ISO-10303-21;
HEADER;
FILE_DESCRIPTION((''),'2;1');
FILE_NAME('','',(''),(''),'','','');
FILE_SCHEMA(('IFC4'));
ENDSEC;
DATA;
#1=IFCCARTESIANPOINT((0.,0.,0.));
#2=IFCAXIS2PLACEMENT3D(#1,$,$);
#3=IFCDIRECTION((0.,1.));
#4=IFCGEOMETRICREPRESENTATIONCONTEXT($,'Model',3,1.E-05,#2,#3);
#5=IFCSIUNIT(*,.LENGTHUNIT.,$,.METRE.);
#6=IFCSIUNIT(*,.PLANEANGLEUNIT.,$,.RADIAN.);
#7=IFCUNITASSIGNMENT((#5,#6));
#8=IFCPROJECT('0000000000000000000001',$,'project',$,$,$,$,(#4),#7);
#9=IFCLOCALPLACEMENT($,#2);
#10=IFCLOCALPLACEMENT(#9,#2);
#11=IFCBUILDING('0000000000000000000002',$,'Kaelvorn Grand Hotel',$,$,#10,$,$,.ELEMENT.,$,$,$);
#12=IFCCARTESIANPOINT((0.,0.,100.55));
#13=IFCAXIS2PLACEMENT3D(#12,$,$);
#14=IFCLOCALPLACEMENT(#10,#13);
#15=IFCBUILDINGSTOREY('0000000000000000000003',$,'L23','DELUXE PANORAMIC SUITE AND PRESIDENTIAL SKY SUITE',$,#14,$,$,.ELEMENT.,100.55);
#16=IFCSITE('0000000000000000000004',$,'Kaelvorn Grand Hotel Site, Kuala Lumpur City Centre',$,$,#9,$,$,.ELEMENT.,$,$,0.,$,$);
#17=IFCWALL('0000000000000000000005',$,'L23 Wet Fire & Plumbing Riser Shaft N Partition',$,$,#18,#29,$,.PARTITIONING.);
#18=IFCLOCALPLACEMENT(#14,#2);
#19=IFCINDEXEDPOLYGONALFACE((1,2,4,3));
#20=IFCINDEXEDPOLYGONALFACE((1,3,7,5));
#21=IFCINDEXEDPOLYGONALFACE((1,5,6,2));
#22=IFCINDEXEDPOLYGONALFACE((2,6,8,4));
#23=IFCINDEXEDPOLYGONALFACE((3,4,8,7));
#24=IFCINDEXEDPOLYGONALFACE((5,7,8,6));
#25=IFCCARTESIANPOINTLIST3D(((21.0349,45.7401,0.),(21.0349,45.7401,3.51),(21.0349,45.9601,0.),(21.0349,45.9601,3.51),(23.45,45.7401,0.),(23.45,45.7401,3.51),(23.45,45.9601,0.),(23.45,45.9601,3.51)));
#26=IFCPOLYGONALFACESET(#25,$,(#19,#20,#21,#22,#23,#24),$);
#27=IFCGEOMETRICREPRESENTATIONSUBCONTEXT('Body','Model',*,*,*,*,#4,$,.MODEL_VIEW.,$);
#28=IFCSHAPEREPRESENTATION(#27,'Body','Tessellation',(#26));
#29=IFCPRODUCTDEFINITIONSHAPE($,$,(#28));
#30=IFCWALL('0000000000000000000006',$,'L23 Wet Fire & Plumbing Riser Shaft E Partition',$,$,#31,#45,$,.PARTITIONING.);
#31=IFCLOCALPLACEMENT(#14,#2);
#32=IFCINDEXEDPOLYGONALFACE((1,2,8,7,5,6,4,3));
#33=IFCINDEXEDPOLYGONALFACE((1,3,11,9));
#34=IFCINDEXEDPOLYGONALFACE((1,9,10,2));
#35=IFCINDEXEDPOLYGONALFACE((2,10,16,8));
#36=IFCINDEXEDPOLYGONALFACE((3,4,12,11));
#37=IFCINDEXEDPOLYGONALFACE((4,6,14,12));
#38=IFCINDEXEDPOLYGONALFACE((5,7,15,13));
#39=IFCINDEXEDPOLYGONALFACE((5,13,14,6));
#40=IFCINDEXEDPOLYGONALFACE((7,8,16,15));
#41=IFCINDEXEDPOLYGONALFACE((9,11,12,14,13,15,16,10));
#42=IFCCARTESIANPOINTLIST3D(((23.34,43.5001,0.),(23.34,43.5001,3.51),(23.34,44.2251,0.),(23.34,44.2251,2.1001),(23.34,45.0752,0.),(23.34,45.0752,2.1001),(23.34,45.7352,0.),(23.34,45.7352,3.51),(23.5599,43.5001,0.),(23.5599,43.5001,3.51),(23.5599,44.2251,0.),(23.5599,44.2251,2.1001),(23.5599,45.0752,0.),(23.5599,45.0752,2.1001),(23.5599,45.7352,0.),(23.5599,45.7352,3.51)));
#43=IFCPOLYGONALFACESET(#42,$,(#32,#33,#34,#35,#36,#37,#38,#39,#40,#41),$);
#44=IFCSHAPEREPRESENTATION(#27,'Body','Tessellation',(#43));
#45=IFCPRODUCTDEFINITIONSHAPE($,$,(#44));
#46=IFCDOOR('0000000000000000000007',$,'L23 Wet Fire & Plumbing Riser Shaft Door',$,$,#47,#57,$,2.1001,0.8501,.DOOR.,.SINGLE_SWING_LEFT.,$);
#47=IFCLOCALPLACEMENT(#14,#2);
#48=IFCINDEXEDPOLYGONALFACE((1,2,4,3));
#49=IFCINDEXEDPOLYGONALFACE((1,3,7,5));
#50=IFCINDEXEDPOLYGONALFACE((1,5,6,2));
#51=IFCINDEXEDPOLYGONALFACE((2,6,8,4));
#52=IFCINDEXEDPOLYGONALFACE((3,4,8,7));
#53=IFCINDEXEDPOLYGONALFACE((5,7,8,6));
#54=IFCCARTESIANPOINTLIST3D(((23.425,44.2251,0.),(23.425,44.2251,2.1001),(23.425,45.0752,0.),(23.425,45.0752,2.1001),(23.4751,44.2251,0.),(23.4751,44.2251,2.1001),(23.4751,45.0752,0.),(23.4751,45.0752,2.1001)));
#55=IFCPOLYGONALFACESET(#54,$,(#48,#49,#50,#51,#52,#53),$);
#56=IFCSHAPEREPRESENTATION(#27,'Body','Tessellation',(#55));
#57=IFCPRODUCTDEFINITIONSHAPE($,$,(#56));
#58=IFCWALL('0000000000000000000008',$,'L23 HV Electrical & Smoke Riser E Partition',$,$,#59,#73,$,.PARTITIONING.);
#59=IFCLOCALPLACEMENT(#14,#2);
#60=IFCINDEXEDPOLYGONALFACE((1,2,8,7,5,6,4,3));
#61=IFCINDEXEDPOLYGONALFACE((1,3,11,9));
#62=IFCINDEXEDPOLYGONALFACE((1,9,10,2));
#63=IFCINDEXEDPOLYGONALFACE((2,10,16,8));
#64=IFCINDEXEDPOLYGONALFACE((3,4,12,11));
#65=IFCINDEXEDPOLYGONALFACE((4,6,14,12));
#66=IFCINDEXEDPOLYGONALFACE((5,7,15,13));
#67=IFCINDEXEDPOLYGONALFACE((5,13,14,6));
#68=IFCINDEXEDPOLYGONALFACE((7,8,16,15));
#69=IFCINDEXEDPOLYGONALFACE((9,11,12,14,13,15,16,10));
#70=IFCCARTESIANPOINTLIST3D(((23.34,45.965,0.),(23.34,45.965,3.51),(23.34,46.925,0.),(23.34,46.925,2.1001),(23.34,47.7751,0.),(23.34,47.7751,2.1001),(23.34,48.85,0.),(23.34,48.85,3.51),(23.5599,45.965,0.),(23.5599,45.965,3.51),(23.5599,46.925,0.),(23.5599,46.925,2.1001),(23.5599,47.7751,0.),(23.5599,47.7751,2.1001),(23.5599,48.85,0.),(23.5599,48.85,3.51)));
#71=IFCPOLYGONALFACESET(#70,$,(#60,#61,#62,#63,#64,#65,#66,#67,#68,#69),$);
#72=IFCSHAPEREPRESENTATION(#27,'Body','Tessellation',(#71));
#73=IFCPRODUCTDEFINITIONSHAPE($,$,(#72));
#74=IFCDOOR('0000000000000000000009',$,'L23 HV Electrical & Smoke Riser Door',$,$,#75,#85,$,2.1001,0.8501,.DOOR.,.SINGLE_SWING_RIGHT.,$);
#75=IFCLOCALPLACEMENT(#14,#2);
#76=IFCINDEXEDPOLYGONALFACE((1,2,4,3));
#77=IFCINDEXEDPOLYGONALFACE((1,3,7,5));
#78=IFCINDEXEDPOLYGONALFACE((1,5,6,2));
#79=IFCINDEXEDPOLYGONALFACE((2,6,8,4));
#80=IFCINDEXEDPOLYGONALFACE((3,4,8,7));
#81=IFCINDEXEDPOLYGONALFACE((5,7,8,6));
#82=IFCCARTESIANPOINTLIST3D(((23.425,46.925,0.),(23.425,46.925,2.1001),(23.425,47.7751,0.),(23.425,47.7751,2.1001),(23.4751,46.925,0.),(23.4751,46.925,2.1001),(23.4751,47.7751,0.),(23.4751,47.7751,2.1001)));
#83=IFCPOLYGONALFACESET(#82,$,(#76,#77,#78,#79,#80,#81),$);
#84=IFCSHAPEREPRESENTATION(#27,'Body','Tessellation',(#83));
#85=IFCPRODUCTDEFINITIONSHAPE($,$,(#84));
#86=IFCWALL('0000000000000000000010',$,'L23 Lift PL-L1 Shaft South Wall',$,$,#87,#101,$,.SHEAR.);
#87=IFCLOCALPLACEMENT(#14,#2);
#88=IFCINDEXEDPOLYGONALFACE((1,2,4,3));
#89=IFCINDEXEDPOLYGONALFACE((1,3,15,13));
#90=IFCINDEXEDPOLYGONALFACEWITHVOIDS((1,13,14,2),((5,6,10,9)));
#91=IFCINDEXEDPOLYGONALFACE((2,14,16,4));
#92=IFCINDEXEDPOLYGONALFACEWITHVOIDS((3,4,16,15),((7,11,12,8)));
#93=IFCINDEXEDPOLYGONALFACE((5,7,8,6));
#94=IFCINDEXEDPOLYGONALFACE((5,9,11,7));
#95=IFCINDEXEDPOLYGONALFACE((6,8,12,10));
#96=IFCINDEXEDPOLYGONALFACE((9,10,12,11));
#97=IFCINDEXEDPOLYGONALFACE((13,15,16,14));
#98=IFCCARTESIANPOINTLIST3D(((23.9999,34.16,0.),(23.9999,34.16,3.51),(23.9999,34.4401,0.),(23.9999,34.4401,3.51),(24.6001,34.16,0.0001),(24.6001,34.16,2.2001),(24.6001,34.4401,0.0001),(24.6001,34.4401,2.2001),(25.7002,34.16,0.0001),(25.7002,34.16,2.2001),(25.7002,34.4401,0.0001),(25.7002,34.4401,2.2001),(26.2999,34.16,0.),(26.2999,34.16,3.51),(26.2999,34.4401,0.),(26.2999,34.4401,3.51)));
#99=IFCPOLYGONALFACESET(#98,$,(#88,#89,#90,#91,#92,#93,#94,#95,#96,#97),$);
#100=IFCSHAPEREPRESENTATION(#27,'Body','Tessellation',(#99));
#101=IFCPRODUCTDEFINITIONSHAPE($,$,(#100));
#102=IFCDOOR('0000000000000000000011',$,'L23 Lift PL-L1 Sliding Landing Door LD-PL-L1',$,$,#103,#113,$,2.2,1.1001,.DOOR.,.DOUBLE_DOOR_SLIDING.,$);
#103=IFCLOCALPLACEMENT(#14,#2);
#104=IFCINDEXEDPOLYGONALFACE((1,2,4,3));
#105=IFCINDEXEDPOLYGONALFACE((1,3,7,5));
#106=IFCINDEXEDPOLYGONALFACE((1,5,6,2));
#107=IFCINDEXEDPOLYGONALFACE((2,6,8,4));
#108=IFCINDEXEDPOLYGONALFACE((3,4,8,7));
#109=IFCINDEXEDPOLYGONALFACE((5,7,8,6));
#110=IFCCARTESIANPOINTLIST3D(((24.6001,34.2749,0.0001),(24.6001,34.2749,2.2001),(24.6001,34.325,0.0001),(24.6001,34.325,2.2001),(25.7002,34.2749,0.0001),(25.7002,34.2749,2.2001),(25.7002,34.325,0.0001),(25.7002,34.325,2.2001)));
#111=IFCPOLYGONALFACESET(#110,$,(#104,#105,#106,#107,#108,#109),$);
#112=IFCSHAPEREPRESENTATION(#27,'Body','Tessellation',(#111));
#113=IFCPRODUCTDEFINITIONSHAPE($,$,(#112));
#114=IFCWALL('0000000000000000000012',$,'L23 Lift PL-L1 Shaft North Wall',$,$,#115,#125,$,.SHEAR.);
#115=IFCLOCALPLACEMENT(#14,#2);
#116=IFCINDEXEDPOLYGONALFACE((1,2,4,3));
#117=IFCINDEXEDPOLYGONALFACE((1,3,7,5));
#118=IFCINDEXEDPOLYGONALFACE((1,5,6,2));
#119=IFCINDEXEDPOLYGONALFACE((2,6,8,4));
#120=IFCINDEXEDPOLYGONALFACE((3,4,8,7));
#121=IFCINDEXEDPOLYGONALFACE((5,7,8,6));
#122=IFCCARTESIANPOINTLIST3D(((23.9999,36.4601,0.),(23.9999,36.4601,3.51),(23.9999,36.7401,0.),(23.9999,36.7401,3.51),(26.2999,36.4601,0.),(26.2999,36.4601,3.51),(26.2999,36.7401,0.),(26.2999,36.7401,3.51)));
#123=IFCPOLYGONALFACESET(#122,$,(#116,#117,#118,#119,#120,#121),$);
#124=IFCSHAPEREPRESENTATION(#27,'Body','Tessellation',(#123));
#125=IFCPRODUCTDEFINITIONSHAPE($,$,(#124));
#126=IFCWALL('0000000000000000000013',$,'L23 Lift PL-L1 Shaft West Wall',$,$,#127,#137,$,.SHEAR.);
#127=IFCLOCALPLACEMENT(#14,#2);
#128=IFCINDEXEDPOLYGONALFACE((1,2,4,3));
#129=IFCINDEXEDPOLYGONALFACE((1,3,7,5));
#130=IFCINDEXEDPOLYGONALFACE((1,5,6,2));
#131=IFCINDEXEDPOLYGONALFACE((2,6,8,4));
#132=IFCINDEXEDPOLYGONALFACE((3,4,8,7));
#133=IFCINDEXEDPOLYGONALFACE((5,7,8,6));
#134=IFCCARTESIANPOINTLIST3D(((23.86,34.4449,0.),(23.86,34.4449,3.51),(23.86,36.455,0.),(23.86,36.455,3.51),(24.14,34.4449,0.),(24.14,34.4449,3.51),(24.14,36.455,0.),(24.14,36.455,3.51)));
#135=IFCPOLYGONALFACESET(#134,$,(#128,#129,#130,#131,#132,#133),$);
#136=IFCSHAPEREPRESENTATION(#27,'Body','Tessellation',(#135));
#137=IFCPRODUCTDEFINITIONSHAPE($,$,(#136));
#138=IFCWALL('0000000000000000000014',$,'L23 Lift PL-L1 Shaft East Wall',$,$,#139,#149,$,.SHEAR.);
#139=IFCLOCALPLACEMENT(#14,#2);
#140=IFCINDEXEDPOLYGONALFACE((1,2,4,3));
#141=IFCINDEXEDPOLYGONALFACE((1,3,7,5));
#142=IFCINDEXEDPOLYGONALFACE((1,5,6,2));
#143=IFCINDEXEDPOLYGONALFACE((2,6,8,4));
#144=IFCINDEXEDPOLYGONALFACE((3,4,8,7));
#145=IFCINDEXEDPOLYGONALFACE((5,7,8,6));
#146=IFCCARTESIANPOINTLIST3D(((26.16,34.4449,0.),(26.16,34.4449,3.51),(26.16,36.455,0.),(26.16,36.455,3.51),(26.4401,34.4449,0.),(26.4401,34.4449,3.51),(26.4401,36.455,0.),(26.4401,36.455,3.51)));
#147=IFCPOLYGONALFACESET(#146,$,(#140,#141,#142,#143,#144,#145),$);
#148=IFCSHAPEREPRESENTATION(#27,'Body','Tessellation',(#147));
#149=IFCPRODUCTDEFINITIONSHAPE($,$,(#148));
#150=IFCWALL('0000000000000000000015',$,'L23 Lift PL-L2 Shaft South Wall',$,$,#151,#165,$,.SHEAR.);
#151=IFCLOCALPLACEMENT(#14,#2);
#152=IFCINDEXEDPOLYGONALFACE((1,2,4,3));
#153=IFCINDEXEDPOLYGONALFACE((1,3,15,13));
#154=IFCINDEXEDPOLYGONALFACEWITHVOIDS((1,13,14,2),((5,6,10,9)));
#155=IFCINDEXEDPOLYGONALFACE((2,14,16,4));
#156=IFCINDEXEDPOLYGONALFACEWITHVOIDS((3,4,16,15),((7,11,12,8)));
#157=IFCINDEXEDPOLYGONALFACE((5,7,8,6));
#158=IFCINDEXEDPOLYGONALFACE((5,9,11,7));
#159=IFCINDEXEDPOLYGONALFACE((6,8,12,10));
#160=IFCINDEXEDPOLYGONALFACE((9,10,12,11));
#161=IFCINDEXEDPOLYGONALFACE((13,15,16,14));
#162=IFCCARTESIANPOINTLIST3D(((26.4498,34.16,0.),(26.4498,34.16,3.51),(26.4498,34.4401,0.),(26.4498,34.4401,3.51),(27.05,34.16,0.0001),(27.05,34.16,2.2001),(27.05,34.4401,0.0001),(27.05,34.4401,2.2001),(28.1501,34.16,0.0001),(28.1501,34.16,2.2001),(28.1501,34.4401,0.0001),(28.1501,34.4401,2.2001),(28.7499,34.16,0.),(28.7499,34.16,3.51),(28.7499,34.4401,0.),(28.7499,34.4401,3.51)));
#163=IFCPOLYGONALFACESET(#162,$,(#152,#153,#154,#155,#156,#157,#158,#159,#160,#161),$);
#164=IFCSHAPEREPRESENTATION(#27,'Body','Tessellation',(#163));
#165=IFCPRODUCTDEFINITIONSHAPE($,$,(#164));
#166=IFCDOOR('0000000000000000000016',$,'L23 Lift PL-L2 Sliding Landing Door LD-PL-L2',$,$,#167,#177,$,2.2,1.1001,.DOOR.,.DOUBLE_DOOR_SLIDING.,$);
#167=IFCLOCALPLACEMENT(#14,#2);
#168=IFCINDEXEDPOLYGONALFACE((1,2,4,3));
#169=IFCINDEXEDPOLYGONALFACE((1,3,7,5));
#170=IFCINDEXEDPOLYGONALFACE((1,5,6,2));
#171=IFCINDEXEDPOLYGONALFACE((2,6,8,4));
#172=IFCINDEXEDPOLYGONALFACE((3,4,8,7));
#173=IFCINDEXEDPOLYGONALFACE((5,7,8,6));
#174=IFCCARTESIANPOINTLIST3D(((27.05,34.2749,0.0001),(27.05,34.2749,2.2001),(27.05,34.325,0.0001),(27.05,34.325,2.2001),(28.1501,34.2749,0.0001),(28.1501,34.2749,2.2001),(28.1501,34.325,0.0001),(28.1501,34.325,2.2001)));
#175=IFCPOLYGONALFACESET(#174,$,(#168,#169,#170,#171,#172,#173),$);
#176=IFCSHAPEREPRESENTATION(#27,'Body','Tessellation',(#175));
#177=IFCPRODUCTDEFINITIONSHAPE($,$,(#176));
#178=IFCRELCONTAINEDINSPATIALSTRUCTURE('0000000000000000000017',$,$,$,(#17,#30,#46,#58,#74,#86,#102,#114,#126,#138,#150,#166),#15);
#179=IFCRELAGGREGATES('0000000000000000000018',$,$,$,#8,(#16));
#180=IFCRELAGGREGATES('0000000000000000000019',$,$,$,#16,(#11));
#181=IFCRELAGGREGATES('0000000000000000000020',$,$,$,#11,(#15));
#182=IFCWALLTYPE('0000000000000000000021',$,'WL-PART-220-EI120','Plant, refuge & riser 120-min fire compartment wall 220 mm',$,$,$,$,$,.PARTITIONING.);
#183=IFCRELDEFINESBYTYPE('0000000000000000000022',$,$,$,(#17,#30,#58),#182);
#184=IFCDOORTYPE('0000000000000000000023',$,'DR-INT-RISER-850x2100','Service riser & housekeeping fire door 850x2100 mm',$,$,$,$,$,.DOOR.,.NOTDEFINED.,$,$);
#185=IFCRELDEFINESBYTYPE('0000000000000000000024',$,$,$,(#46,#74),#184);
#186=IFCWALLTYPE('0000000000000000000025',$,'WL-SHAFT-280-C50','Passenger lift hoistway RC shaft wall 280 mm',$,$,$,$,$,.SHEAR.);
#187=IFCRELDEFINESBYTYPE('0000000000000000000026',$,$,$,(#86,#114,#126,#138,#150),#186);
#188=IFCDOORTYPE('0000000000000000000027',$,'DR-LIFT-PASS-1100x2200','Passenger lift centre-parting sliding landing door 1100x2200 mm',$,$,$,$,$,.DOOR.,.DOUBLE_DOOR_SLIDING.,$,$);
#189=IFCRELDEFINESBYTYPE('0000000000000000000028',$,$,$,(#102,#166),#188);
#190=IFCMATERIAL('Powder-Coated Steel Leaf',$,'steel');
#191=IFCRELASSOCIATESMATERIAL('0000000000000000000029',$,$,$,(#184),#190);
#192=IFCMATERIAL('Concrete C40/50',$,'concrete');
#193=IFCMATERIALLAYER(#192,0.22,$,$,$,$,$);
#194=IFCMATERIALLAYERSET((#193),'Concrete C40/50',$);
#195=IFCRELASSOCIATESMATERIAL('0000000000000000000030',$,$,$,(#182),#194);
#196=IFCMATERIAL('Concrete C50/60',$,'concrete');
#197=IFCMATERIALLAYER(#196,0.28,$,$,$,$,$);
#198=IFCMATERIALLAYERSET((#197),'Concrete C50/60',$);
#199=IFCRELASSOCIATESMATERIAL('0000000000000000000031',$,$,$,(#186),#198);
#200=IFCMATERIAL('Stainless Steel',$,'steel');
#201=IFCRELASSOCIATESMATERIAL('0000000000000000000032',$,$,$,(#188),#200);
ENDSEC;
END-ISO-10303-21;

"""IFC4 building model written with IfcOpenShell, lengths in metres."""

from ifc_helpers import new_model, si_unit, direction, frame, frame_2d, origin, place, context, subcontext, project, spatial, rectangle, extrude, material, layer, layer_set, type_object, element, fill, save


model = new_model("IFC4")

# Units and contexts
model_context = context("Model", 3, precision=1e-05, world=origin(), true_north=direction((0.0, 1.0)))
body_context = subcontext(model_context, "Body", "Model", "MODEL_VIEW")
ifc_project = project(units=[si_unit("LENGTHUNIT", "METRE"), si_unit("PLANEANGLEUNIT", "RADIAN")], contexts=[model_context])

# Site, building, storey
site_placement = place(None, origin())
site = spatial("IfcSite", under=ifc_project, at=site_placement, Name="Kaelvorn Grand Hotel Site, Kuala Lumpur City Centre", CompositionType="ELEMENT", RefElevation=0.0)
building_placement = place(site_placement, origin())
building = spatial("IfcBuilding", under=site, at=building_placement, Name="Kaelvorn Grand Hotel", CompositionType="ELEMENT")
storey_placement = place(building_placement, frame((0.0, 0.0, 100.55)))
storey = spatial("IfcBuildingStorey", under=building, at=storey_placement, Name="L23", Description="DELUXE PANORAMIC SUITE AND PRESIDENTIAL SKY SUITE", CompositionType="ELEMENT", Elevation=100.55)

# Shared definitions
ifc_material_1 = material(Name="Powder-Coated Steel Leaf", Category="steel")
door_type_1 = type_object("IfcDoorType", Name="DR-INT-RISER-850x2100", Description="Service riser & housekeeping fire door 850x2100 mm", OperationType="NOTDEFINED", PredefinedType="DOOR", material=ifc_material_1)

# Wall
ifc_material_2 = material(Name="Concrete C40/50", Category="concrete")
ifc_layer_1 = layer(ifc_material_2, 0.22)
ifc_layer_set_1 = layer_set([ifc_layer_1], Name="Concrete C40/50")
wall_type_1 = type_object("IfcWallType", Name="WL-PART-220-EI120", Description="Plant, refuge & riser 120-min fire compartment wall 220 mm", PredefinedType="PARTITIONING", material=ifc_layer_set_1)
wall_1_placement = place(storey_placement, frame((21.0349, 45.8501, 0.0), z_axis=(0.0, 0.0, 1.0), x_axis=(1.0, 0.0, 0.0)))
element("IfcWall", 1, at=wall_1_placement, inside=storey, type_object=wall_type_1, Name="L23 Wet Fire & Plumbing Riser Shaft N Partition", PredefinedType="PARTITIONING", context=body_context, shape_type="SweptSolid", body=[
    extrude(rectangle(XDim=2.415, YDim=0.22, at=frame_2d((1.2075, 0.0))), origin(), (0.0, 0.0, 1.0), 3.51),
])

# Walls, openings, doors
wall_2_placement = place(storey_placement, frame((23.45, 43.5, 0.0), z_axis=(0.0, 0.0, 1.0), x_axis=(0.0, 1.0, 0.0)))
wall_2 = element("IfcWall", 2, at=wall_2_placement, inside=storey, type_object=wall_type_1, Name="L23 Wet Fire & Plumbing Riser Shaft E Partition", PredefinedType="PARTITIONING", context=body_context, shape_type="SweptSolid", body=[
    extrude(rectangle(XDim=2.2351, YDim=0.22, at=frame_2d((1.1177, 0.0))), origin(), (0.0, 0.0, 1.0), 3.51),
])
opening_1_placement = place(wall_2_placement, frame((0.7251, 0.0, 0.0)))
opening_1 = element("IfcOpeningElement", 3, at=opening_1_placement, cuts=wall_2, PredefinedType="OPENING", context=body_context, shape_type="SweptSolid", body=[
    extrude(rectangle(XDim=0.8501, YDim=2.1001, at=frame_2d((0.425, 1.05))), frame((0.0, 0.1201, 0.0), z_axis=(0.0, -1.0, 0.0), x_axis=(1.0, 0.0, 0.0)), (0.0, 0.0, 1.0), 0.24),
])
door_1_placement = place(opening_1_placement, origin())
door_1 = element("IfcDoor", 4, at=door_1_placement, inside=storey, type_object=door_type_1, Name="L23 Wet Fire & Plumbing Riser Shaft Door", OperationType="SINGLE_SWING_LEFT", OverallHeight=2.1001, OverallWidth=0.8501, PredefinedType="DOOR", context=body_context, shape_type="SweptSolid", body=[
    extrude(rectangle(XDim=0.8501, YDim=2.1001, at=frame_2d((0.425, 1.05))), frame((0.0, 0.0249, 0.0), z_axis=(0.0, -1.0, 0.0), x_axis=(1.0, 0.0, 0.0)), (0.0, 0.0, 1.0), 0.05),
])
fill(opening_1, door_1)
wall_3_placement = place(storey_placement, frame((23.45, 45.9651, 0.0), z_axis=(0.0, 0.0, 1.0), x_axis=(0.0, 1.0, 0.0)))
wall_3 = element("IfcWall", 5, at=wall_3_placement, inside=storey, type_object=wall_type_1, Name="L23 HV Electrical & Smoke Riser E Partition", PredefinedType="PARTITIONING", context=body_context, shape_type="SweptSolid", body=[
    extrude(rectangle(XDim=2.885, YDim=0.22, at=frame_2d((1.4424, 0.0))), origin(), (0.0, 0.0, 1.0), 3.51),
])
opening_2_placement = place(wall_3_placement, frame((0.96, 0.0, 0.0)))
opening_2 = element("IfcOpeningElement", 6, at=opening_2_placement, cuts=wall_3, PredefinedType="OPENING", context=body_context, shape_type="SweptSolid", body=[
    extrude(rectangle(XDim=0.8501, YDim=2.1001, at=frame_2d((0.425, 1.05))), frame((0.0, 0.1201, 0.0), z_axis=(0.0, -1.0, 0.0), x_axis=(1.0, 0.0, 0.0)), (0.0, 0.0, 1.0), 0.24),
])
door_2_placement = place(opening_2_placement, origin())
door_2 = element("IfcDoor", 7, at=door_2_placement, inside=storey, type_object=door_type_1, Name="L23 HV Electrical & Smoke Riser Door", OperationType="SINGLE_SWING_RIGHT", OverallHeight=2.1001, OverallWidth=0.8501, PredefinedType="DOOR", context=body_context, shape_type="SweptSolid", body=[
    extrude(rectangle(XDim=0.8501, YDim=2.1001, at=frame_2d((0.425, 1.05))), frame((0.0, 0.0249, 0.0), z_axis=(0.0, -1.0, 0.0), x_axis=(1.0, 0.0, 0.0)), (0.0, 0.0, 1.0), 0.05),
])
fill(opening_2, door_2)
ifc_material_3 = material(Name="Concrete C50/60", Category="concrete")
ifc_layer_2 = layer(ifc_material_3, 0.28)
ifc_layer_set_2 = layer_set([ifc_layer_2], Name="Concrete C50/60")
wall_type_2 = type_object("IfcWallType", Name="WL-SHAFT-280-C50", Description="Passenger lift hoistway RC shaft wall 280 mm", PredefinedType="SHEAR", material=ifc_layer_set_2)
wall_4_placement = place(storey_placement, frame((24.0, 34.3, 0.0), z_axis=(0.0, 0.0, 1.0), x_axis=(1.0, 0.0, 0.0)))
wall_4 = element("IfcWall", 8, at=wall_4_placement, inside=storey, type_object=wall_type_2, Name="L23 Lift PL-L1 Shaft South Wall", PredefinedType="SHEAR", context=body_context, shape_type="SweptSolid", body=[
    extrude(rectangle(XDim=2.3, YDim=0.28, at=frame_2d((1.1499, 0.0))), origin(), (0.0, 0.0, 1.0), 3.51),
])
opening_3_placement = place(wall_4_placement, frame((0.6001, 0.0, 0.0)))
opening_3 = element("IfcOpeningElement", 9, at=opening_3_placement, cuts=wall_4, PredefinedType="OPENING", context=body_context, shape_type="SweptSolid", body=[
    extrude(rectangle(XDim=1.1001, YDim=2.2, at=frame_2d((0.55, 1.1001))), frame((0.0, 0.1499, 0.0), z_axis=(0.0, -1.0, 0.0), x_axis=(1.0, 0.0, 0.0)), (0.0, 0.0, 1.0), 0.3),
])
ifc_material_4 = material(Name="Stainless Steel", Category="steel")
door_type_2 = type_object("IfcDoorType", Name="DR-LIFT-PASS-1100x2200", Description="Passenger lift centre-parting sliding landing door 1100x2200 mm", OperationType="DOUBLE_DOOR_SLIDING", PredefinedType="DOOR", material=ifc_material_4)
door_3_placement = place(opening_3_placement, origin())
door_3 = element("IfcDoor", 10, at=door_3_placement, inside=storey, type_object=door_type_2, Name="L23 Lift PL-L1 Sliding Landing Door LD-PL-L1", OperationType="DOUBLE_DOOR_SLIDING", OverallHeight=2.2, OverallWidth=1.1001, PredefinedType="DOOR", context=body_context, shape_type="SweptSolid", body=[
    extrude(rectangle(XDim=1.1001, YDim=2.2, at=frame_2d((0.55, 1.1001))), frame((0.0, 0.0249, 0.0), z_axis=(0.0, -1.0, 0.0), x_axis=(1.0, 0.0, 0.0)), (0.0, 0.0, 1.0), 0.05),
])
fill(opening_3, door_3)

# Walls
wall_5_placement = place(storey_placement, frame((24.0, 36.6001, 0.0), z_axis=(0.0, 0.0, 1.0), x_axis=(1.0, 0.0, 0.0)))
element("IfcWall", 11, at=wall_5_placement, inside=storey, type_object=wall_type_2, Name="L23 Lift PL-L1 Shaft North Wall", PredefinedType="SHEAR", context=body_context, shape_type="SweptSolid", body=[
    extrude(rectangle(XDim=2.3, YDim=0.28, at=frame_2d((1.1499, 0.0))), origin(), (0.0, 0.0, 1.0), 3.51),
])
for number, where, z_axis, x_axis, name in (
    (12, (24.0, 34.4451, 0.0), (0.0, 0.0, 1.0), (0.0, 1.0, 0.0), "L23 Lift PL-L1 Shaft West Wall"),
    (13, (26.3, 34.4451, 0.0), (0.0, 0.0, 1.0), (0.0, 1.0, 0.0), "L23 Lift PL-L1 Shaft East Wall"),
):
    element("IfcWall", number, at=place(storey_placement, frame(where, z_axis=z_axis, x_axis=x_axis)), inside=storey, type_object=wall_type_2, Name=name, PredefinedType="SHEAR", context=body_context, shape_type="SweptSolid", body=[
        extrude(rectangle(XDim=2.01, YDim=0.28, at=frame_2d((1.0049, 0.0))), origin(), (0.0, 0.0, 1.0), 3.51),
    ])

# Wall, opening, door
wall_6_placement = place(storey_placement, frame((26.45, 34.3, 0.0), z_axis=(0.0, 0.0, 1.0), x_axis=(1.0, 0.0, 0.0)))
wall_6 = element("IfcWall", 14, at=wall_6_placement, inside=storey, type_object=wall_type_2, Name="L23 Lift PL-L2 Shaft South Wall", PredefinedType="SHEAR", context=body_context, shape_type="SweptSolid", body=[
    extrude(rectangle(XDim=2.3, YDim=0.28, at=frame_2d((1.1499, 0.0))), origin(), (0.0, 0.0, 1.0), 3.51),
])
opening_4_placement = place(wall_6_placement, frame((0.6001, 0.0, 0.0)))
opening_4 = element("IfcOpeningElement", 15, at=opening_4_placement, cuts=wall_6, PredefinedType="OPENING", context=body_context, shape_type="SweptSolid", body=[
    extrude(rectangle(XDim=1.1001, YDim=2.2, at=frame_2d((0.55, 1.1001))), frame((0.0, 0.1499, 0.0), z_axis=(0.0, -1.0, 0.0), x_axis=(1.0, 0.0, 0.0)), (0.0, 0.0, 1.0), 0.3),
])
door_4_placement = place(opening_4_placement, origin())
door_4 = element("IfcDoor", 16, at=door_4_placement, inside=storey, type_object=door_type_2, Name="L23 Lift PL-L2 Sliding Landing Door LD-PL-L2", OperationType="DOUBLE_DOOR_SLIDING", OverallHeight=2.2, OverallWidth=1.1001, PredefinedType="DOOR", context=body_context, shape_type="SweptSolid", body=[
    extrude(rectangle(XDim=1.1001, YDim=2.2, at=frame_2d((0.55, 1.1001))), frame((0.0, 0.0249, 0.0), z_axis=(0.0, -1.0, 0.0), x_axis=(1.0, 0.0, 0.0)), (0.0, 0.0, 1.0), 0.05),
])
fill(opening_4, door_4)

save(model, "model.ifc")
